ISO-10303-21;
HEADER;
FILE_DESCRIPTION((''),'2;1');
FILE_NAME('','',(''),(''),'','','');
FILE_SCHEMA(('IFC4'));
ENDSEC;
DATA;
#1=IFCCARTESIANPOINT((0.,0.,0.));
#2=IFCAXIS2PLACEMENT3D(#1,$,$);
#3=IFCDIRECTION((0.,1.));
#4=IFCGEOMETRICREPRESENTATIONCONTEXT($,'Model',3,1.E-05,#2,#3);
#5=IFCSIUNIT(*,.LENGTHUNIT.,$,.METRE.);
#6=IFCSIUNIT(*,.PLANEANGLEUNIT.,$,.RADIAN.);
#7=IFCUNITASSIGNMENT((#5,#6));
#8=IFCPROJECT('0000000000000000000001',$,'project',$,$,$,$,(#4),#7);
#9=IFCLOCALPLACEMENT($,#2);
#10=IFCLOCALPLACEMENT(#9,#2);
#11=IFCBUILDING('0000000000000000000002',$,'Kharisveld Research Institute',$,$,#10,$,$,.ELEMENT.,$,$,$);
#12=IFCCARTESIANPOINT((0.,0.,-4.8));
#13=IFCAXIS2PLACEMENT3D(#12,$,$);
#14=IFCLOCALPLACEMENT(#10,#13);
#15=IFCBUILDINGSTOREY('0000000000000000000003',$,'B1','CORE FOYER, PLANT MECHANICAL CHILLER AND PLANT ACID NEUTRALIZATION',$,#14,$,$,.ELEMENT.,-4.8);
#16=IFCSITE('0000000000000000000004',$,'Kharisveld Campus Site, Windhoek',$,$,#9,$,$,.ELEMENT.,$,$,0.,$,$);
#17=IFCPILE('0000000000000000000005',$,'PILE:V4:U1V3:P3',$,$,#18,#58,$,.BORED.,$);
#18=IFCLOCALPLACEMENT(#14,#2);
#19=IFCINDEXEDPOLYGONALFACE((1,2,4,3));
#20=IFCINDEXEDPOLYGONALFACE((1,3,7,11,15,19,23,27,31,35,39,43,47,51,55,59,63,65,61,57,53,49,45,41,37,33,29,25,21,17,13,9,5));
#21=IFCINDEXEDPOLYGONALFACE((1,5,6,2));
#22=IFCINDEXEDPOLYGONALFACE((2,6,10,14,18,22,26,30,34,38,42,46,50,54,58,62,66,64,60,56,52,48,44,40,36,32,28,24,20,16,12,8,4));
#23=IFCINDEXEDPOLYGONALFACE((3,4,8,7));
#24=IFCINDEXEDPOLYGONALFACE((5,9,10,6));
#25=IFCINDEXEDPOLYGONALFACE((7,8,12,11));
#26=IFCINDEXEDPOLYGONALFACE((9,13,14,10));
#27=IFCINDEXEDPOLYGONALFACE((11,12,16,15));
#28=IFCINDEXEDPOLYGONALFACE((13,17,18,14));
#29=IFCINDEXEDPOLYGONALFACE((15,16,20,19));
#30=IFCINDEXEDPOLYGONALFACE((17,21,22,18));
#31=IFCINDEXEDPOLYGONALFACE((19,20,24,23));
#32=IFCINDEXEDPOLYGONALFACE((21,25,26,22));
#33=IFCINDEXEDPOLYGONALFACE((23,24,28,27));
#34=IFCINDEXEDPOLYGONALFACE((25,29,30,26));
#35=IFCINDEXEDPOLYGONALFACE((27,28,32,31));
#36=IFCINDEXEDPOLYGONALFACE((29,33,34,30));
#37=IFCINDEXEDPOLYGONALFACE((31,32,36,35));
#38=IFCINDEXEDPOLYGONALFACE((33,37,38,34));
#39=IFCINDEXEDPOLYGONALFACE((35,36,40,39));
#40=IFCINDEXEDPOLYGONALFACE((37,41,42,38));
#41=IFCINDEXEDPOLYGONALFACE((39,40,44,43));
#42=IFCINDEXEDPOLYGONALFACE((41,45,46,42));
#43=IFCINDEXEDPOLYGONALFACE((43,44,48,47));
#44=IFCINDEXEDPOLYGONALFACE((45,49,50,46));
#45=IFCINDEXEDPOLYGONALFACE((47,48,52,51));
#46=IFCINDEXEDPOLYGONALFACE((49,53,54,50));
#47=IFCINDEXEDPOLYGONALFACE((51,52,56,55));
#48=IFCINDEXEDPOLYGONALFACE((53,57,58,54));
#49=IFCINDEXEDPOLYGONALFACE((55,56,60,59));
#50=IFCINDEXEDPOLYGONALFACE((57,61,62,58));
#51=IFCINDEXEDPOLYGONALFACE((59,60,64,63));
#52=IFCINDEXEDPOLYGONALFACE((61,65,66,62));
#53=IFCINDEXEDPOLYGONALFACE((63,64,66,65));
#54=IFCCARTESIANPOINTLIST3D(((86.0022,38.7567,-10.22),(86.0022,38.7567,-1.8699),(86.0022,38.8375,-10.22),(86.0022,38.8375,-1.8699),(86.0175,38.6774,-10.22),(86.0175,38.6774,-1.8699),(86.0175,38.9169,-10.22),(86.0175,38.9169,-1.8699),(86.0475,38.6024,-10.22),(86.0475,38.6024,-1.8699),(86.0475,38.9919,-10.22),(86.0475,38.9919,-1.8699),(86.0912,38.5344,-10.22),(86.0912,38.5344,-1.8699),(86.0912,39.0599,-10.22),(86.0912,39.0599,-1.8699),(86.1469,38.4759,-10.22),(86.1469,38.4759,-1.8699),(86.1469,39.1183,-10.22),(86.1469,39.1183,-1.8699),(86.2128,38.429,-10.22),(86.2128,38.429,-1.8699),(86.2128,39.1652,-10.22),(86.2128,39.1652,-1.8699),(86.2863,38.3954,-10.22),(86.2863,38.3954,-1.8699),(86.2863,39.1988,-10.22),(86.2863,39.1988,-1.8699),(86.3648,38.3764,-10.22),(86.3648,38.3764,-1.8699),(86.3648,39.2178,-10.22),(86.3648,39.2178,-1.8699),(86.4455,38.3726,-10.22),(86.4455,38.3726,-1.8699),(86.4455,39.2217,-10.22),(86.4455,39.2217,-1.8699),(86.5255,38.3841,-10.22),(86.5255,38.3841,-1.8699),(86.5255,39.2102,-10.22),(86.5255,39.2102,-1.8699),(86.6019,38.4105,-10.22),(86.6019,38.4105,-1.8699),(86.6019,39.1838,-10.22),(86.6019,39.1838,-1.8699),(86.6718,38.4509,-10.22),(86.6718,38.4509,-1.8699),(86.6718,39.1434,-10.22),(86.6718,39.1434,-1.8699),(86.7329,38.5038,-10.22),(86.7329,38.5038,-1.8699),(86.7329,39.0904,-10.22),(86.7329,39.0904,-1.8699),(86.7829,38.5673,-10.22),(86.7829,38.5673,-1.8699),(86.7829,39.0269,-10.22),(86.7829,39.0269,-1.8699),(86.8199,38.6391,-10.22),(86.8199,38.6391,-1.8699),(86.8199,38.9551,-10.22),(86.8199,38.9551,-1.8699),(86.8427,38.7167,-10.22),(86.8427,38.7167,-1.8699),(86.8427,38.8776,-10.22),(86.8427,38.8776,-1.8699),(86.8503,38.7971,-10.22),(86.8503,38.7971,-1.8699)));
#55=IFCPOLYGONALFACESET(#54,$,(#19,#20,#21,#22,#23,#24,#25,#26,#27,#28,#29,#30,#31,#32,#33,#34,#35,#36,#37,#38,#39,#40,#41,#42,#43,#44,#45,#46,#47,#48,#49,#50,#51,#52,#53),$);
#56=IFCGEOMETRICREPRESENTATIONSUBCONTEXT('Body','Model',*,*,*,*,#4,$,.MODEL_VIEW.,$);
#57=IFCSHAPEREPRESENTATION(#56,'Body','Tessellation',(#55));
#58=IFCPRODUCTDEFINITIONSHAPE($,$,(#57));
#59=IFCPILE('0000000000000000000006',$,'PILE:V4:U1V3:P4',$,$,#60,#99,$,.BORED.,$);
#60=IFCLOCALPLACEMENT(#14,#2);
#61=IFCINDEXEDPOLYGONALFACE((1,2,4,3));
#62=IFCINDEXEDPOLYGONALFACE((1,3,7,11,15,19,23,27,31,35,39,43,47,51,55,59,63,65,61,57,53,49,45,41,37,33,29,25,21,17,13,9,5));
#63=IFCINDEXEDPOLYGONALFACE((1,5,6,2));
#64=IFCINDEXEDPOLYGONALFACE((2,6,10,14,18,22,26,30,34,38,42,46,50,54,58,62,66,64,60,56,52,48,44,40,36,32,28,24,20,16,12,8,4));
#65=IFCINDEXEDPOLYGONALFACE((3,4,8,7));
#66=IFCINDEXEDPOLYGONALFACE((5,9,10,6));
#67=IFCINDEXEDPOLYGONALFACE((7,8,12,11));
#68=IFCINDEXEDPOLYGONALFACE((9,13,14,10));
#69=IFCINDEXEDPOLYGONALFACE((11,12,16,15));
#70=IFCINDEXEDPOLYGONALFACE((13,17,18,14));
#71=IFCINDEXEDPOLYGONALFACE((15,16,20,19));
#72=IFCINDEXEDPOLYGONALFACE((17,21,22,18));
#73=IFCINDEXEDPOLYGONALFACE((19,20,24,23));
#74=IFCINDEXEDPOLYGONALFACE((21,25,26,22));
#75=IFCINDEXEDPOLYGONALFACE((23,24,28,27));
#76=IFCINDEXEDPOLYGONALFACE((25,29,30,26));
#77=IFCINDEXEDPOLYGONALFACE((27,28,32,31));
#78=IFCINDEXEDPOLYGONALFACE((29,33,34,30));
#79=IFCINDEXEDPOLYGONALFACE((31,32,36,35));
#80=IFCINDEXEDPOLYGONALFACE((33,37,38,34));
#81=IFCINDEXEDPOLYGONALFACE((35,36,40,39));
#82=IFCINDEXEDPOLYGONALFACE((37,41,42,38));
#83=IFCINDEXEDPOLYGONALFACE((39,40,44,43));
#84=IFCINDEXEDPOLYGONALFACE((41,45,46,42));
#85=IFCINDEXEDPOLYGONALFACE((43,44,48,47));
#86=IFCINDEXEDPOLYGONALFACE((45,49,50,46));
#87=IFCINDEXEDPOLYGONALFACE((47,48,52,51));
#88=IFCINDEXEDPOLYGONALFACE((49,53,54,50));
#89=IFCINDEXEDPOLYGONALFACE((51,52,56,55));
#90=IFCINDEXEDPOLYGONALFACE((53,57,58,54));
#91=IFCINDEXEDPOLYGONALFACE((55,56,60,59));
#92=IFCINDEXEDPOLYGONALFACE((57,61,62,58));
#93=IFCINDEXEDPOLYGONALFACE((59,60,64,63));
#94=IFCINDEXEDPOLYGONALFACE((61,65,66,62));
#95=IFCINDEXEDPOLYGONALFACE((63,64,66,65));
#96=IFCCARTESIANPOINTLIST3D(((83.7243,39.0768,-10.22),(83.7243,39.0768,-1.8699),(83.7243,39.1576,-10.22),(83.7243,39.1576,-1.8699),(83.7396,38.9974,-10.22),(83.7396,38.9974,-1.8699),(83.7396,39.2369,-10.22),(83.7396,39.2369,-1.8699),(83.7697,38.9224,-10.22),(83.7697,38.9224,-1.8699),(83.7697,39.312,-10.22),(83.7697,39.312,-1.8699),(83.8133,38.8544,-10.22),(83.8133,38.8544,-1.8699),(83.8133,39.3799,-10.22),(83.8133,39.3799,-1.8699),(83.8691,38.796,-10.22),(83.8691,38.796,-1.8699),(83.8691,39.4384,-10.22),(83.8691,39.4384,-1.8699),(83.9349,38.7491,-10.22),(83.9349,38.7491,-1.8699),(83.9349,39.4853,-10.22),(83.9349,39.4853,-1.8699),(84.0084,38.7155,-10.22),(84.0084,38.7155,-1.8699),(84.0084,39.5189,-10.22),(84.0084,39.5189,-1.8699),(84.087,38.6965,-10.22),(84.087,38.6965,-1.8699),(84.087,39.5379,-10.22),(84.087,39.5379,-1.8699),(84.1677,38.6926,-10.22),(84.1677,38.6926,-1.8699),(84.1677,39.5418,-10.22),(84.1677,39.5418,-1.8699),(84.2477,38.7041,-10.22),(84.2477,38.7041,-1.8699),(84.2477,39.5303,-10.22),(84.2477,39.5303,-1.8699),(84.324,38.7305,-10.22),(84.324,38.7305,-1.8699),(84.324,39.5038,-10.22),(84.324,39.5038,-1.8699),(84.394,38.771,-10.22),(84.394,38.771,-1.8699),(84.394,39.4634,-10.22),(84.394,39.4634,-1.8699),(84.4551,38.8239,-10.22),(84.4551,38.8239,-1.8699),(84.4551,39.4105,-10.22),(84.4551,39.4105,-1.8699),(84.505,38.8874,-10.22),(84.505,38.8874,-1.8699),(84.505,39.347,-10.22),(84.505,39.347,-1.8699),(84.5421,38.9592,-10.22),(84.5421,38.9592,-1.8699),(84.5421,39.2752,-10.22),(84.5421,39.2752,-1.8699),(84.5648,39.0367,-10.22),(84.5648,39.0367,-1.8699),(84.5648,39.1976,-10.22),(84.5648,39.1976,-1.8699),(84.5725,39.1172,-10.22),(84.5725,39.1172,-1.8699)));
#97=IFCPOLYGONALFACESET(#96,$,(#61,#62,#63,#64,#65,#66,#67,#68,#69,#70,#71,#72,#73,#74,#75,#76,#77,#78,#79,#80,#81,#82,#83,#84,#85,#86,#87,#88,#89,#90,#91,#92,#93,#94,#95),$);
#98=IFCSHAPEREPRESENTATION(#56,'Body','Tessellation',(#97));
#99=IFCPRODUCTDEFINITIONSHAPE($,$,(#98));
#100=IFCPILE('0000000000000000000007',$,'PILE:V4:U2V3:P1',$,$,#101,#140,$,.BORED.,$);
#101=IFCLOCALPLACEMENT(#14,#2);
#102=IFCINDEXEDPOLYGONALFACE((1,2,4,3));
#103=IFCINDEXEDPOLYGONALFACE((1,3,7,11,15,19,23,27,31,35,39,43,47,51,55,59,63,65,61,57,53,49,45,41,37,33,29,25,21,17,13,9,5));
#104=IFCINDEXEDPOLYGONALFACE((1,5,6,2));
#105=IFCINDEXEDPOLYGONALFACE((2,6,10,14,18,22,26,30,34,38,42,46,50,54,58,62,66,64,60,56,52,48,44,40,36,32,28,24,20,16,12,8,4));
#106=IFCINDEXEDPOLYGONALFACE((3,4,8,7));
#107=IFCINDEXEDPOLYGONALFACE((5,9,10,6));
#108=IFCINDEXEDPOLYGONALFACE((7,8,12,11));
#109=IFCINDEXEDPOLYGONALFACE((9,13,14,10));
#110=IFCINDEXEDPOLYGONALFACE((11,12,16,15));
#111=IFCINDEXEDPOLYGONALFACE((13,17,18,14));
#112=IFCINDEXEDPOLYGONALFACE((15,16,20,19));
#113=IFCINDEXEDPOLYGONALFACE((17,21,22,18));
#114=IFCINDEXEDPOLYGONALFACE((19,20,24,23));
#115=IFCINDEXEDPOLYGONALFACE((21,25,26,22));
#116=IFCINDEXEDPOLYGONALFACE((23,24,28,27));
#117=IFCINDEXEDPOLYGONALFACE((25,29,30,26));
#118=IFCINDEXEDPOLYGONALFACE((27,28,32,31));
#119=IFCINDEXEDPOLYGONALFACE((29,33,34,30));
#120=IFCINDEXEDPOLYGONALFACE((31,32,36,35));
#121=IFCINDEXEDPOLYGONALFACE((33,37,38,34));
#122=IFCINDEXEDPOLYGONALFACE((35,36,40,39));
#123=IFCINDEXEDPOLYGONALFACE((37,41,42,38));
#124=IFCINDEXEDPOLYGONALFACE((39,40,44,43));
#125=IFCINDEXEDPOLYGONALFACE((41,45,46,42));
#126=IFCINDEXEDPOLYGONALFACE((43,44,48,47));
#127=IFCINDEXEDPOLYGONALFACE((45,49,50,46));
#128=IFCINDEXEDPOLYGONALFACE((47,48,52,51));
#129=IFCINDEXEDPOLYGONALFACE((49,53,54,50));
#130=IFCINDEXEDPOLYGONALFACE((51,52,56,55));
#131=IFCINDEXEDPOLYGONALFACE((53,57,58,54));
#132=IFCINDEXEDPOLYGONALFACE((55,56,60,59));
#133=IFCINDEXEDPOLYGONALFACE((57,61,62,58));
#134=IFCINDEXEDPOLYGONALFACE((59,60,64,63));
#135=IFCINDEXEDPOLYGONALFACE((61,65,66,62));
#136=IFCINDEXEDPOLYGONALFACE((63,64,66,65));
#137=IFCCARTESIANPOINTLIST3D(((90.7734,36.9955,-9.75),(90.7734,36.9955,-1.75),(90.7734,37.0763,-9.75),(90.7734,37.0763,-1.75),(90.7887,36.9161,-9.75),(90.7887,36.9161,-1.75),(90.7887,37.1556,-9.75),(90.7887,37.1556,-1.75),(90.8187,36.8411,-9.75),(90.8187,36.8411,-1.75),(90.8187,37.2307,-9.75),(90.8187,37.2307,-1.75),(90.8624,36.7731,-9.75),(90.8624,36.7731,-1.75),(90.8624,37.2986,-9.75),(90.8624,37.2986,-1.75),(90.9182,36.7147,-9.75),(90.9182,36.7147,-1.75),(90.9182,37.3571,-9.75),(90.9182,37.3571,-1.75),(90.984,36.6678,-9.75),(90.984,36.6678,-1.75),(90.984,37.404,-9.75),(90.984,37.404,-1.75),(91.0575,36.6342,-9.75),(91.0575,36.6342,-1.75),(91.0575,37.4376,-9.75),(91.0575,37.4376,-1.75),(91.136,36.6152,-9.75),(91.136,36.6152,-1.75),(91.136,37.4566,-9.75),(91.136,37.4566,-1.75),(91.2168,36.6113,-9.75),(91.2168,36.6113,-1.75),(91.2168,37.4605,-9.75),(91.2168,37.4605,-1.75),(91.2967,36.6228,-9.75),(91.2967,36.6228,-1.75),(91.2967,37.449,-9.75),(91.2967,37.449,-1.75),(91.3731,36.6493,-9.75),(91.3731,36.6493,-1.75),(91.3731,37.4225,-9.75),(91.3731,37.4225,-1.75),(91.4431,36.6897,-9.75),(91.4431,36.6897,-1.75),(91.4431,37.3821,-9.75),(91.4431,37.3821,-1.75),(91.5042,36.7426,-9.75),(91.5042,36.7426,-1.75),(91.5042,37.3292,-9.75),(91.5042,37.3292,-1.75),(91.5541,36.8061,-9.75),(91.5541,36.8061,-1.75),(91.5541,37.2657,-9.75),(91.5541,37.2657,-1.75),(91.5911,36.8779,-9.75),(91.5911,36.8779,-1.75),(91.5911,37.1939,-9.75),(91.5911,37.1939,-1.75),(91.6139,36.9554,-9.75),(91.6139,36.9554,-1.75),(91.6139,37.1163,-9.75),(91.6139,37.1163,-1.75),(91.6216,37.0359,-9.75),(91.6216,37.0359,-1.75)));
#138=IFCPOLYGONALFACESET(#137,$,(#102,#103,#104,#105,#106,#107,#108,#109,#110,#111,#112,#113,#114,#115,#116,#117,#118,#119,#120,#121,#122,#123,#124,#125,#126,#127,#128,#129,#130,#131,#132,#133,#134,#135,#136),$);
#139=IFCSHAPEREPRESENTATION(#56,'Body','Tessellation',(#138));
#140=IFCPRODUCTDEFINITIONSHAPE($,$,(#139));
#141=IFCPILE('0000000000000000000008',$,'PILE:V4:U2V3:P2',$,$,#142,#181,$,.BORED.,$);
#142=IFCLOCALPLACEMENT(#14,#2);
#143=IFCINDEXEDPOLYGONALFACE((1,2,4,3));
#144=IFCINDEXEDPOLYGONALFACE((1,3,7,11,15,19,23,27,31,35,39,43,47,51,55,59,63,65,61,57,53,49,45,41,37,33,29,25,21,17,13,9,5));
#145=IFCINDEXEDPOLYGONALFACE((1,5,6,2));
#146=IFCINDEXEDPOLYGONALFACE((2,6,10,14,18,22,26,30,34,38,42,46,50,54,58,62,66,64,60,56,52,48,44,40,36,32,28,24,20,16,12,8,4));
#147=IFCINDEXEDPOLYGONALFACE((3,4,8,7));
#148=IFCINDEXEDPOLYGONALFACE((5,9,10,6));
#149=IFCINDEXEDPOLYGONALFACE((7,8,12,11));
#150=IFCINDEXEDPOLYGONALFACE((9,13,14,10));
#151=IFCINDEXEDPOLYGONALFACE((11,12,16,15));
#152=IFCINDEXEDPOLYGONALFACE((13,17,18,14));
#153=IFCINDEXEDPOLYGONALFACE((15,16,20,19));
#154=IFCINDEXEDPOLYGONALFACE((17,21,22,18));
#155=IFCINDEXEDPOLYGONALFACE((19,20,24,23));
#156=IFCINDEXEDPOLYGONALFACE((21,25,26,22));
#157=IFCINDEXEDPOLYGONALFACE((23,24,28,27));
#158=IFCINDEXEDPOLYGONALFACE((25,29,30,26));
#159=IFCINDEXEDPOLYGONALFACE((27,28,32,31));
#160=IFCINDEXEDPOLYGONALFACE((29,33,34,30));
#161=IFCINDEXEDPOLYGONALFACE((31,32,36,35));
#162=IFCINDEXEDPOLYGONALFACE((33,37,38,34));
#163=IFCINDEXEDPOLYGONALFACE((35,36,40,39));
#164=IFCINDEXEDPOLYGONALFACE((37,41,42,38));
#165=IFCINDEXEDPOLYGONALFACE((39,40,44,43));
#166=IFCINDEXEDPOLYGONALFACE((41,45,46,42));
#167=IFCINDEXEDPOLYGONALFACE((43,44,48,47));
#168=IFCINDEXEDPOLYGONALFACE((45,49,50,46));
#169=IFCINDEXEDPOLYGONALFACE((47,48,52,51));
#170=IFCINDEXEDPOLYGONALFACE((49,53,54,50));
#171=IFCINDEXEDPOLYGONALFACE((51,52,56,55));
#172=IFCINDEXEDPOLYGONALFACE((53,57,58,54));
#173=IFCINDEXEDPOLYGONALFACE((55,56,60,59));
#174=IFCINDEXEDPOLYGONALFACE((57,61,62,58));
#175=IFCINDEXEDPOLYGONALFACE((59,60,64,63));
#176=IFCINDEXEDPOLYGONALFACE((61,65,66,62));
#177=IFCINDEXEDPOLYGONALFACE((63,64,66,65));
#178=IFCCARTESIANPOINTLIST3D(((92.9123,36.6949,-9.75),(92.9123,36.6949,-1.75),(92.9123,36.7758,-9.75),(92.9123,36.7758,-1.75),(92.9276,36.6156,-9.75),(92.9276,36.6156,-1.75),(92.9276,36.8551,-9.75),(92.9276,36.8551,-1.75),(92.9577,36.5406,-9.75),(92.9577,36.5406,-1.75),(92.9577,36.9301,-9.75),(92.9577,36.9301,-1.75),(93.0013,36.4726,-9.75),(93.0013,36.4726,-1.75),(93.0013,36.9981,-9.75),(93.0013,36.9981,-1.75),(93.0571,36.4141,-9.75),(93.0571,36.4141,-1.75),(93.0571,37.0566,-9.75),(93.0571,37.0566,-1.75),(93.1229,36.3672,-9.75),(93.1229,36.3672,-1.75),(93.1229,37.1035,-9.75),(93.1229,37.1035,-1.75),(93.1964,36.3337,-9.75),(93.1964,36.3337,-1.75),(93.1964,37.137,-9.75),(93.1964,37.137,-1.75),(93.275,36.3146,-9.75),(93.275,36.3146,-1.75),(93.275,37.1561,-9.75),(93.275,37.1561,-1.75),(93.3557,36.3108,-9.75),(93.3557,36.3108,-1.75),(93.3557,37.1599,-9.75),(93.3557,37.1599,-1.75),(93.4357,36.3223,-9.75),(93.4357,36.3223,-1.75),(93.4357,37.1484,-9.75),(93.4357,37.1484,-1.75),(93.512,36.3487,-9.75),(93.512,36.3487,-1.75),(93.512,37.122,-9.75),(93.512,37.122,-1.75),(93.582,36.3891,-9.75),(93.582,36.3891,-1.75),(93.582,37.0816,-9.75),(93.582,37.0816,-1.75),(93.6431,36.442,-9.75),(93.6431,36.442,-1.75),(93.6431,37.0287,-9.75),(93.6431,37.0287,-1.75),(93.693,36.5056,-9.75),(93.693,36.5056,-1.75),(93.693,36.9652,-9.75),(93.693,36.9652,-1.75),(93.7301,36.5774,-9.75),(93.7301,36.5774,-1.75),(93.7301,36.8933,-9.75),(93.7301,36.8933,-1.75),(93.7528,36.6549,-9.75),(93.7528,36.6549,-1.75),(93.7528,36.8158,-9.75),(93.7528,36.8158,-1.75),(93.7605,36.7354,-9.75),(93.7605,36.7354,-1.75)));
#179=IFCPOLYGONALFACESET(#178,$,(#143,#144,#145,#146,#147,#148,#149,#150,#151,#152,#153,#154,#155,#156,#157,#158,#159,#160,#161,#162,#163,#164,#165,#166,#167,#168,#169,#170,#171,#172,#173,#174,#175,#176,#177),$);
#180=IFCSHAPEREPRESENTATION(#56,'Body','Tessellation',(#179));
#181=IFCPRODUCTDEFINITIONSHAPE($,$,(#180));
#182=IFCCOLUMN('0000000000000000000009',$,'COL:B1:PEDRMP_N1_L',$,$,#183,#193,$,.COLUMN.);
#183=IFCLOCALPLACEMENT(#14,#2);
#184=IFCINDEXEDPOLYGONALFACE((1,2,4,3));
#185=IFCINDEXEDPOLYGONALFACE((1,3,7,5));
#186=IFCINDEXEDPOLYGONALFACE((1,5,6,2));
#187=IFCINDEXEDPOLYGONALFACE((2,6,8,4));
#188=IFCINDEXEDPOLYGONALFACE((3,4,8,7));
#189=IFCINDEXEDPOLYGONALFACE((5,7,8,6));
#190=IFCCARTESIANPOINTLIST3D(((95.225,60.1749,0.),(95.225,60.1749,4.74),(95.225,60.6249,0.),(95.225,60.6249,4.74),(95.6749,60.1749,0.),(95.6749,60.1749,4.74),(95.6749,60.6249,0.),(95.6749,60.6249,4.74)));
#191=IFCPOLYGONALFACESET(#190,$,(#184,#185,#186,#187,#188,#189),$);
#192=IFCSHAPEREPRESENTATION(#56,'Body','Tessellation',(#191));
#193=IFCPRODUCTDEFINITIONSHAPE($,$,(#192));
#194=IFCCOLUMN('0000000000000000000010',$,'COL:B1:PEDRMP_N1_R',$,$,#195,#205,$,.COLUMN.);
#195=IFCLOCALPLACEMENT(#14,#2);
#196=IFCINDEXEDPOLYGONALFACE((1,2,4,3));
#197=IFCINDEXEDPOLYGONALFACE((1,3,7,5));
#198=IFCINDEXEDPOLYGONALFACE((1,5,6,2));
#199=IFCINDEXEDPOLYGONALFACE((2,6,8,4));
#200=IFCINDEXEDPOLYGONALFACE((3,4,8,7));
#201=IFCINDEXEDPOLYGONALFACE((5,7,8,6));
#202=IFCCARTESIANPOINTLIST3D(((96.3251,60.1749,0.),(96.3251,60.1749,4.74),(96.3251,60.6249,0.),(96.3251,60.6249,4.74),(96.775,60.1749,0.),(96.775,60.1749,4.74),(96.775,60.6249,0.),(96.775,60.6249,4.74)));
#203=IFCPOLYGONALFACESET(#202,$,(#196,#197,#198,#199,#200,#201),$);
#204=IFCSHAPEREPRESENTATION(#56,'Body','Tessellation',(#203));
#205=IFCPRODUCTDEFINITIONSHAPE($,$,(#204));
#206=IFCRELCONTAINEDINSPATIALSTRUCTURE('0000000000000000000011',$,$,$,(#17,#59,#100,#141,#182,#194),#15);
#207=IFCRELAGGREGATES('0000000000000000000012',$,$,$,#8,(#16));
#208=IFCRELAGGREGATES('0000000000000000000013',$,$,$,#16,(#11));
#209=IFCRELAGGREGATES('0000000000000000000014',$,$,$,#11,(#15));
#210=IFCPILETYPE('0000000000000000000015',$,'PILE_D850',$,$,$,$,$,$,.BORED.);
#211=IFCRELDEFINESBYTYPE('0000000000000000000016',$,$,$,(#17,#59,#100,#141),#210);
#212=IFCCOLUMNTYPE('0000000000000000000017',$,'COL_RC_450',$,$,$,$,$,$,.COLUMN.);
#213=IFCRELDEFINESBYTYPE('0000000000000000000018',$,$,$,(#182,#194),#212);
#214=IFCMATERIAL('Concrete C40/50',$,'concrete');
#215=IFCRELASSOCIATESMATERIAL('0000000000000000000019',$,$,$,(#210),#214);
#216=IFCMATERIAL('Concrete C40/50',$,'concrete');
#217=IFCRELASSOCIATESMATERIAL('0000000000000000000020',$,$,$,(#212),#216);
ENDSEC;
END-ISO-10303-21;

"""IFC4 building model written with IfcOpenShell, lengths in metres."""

from ifc_helpers import new_model, si_unit, direction, frame, origin, origin_2d, place, context, subcontext, project, spatial, rectangle, circle, extrude, material, material_profile, profile_set, type_object, element, save


model = new_model("IFC4")

# Units and contexts
model_context = context("Model", 3, precision=1e-05, world=origin(), true_north=direction((0.0, 1.0)))
body_context = subcontext(model_context, "Body", "Model", "MODEL_VIEW")
ifc_project = project(units=[si_unit("LENGTHUNIT", "METRE"), si_unit("PLANEANGLEUNIT", "RADIAN")], contexts=[model_context])

# Site, building, storey
site_placement = place(None, origin())
site = spatial("IfcSite", under=ifc_project, at=site_placement, Name="Kharisveld Campus Site, Windhoek", CompositionType="ELEMENT", RefElevation=0.0)
building_placement = place(site_placement, origin())
building = spatial("IfcBuilding", under=site, at=building_placement, Name="Kharisveld Research Institute", CompositionType="ELEMENT")
storey_placement = place(building_placement, frame((0.0, 0.0, -4.8)))
storey = spatial("IfcBuildingStorey", under=building, at=storey_placement, Name="B1", Description="CORE FOYER, PLANT MECHANICAL CHILLER AND PLANT ACID NEUTRALIZATION", CompositionType="ELEMENT", Elevation=-4.8)

# Piles
ifc_material_1 = material(Name="Concrete C40/50", Category="concrete")
ifc_material_profile_1 = material_profile(ifc_material_1, circle(Radius=0.425, at=origin_2d()))
ifc_profile_set_1 = profile_set([ifc_material_profile_1], Name="Concrete C40/50")
pile_type_1 = type_object("IfcPileType", Name="PILE_D850", PredefinedType="BORED", material=ifc_profile_set_1)
for number, where, z_axis, x_axis, name in (
    (1, (86.4253, 38.7971, -1.8699), (0.0, 0.0, -1.0), (1.0, 0.0, 0.0), "PILE:V4:U1V3:P3"),
    (2, (84.1475, 39.1172, -1.8699), (0.0, 0.0, -1.0), (1.0, 0.0, 0.0), "PILE:V4:U1V3:P4"),
):
    element("IfcPile", number, at=place(storey_placement, frame(where, z_axis=z_axis, x_axis=x_axis)), inside=storey, type_object=pile_type_1, Name=name, PredefinedType="BORED", context=body_context, shape_type="SweptSolid", body=[
        extrude(circle(Radius=0.425, at=origin_2d()), origin(), (0.0, 0.0, 1.0), 8.3501),
    ])
for number, where, z_axis, x_axis, name in (
    (3, (91.1965, 37.0359, -1.75), (0.0, 0.0, -1.0), (1.0, 0.0, 0.0), "PILE:V4:U2V3:P1"),
    (4, (93.3354, 36.7354, -1.75), (0.0, 0.0, -1.0), (1.0, 0.0, 0.0), "PILE:V4:U2V3:P2"),
):
    element("IfcPile", number, at=place(storey_placement, frame(where, z_axis=z_axis, x_axis=x_axis)), inside=storey, type_object=pile_type_1, Name=name, PredefinedType="BORED", context=body_context, shape_type="SweptSolid", body=[
        extrude(circle(Radius=0.425, at=origin_2d()), origin(), (0.0, 0.0, 1.0), 8.0),
    ])

# Columns
ifc_material_2 = material(Name="Concrete C40/50", Category="concrete")
ifc_material_profile_2 = material_profile(ifc_material_2, rectangle(XDim=0.45, YDim=0.45, at=origin_2d()))
ifc_profile_set_2 = profile_set([ifc_material_profile_2], Name="Concrete C40/50")
column_type_1 = type_object("IfcColumnType", Name="COL_RC_450", PredefinedType="COLUMN", material=ifc_profile_set_2)
for number, where, z_axis, x_axis, name in (
    (5, (95.45, 60.3999, 0.0), (0.0, 0.0, 1.0), (1.0, 0.0, 0.0), "COL:B1:PEDRMP_N1_L"),
    (6, (96.55, 60.3999, 0.0), (0.0, 0.0, 1.0), (1.0, 0.0, 0.0), "COL:B1:PEDRMP_N1_R"),
):
    element("IfcColumn", number, at=place(storey_placement, frame(where, z_axis=z_axis, x_axis=x_axis)), inside=storey, type_object=column_type_1, Name=name, PredefinedType="COLUMN", context=body_context, shape_type="SweptSolid", body=[
        extrude(rectangle(XDim=0.45, YDim=0.45, at=origin_2d()), origin(), (0.0, 0.0, 1.0), 4.74),
    ])

save(model, "model.ifc")
